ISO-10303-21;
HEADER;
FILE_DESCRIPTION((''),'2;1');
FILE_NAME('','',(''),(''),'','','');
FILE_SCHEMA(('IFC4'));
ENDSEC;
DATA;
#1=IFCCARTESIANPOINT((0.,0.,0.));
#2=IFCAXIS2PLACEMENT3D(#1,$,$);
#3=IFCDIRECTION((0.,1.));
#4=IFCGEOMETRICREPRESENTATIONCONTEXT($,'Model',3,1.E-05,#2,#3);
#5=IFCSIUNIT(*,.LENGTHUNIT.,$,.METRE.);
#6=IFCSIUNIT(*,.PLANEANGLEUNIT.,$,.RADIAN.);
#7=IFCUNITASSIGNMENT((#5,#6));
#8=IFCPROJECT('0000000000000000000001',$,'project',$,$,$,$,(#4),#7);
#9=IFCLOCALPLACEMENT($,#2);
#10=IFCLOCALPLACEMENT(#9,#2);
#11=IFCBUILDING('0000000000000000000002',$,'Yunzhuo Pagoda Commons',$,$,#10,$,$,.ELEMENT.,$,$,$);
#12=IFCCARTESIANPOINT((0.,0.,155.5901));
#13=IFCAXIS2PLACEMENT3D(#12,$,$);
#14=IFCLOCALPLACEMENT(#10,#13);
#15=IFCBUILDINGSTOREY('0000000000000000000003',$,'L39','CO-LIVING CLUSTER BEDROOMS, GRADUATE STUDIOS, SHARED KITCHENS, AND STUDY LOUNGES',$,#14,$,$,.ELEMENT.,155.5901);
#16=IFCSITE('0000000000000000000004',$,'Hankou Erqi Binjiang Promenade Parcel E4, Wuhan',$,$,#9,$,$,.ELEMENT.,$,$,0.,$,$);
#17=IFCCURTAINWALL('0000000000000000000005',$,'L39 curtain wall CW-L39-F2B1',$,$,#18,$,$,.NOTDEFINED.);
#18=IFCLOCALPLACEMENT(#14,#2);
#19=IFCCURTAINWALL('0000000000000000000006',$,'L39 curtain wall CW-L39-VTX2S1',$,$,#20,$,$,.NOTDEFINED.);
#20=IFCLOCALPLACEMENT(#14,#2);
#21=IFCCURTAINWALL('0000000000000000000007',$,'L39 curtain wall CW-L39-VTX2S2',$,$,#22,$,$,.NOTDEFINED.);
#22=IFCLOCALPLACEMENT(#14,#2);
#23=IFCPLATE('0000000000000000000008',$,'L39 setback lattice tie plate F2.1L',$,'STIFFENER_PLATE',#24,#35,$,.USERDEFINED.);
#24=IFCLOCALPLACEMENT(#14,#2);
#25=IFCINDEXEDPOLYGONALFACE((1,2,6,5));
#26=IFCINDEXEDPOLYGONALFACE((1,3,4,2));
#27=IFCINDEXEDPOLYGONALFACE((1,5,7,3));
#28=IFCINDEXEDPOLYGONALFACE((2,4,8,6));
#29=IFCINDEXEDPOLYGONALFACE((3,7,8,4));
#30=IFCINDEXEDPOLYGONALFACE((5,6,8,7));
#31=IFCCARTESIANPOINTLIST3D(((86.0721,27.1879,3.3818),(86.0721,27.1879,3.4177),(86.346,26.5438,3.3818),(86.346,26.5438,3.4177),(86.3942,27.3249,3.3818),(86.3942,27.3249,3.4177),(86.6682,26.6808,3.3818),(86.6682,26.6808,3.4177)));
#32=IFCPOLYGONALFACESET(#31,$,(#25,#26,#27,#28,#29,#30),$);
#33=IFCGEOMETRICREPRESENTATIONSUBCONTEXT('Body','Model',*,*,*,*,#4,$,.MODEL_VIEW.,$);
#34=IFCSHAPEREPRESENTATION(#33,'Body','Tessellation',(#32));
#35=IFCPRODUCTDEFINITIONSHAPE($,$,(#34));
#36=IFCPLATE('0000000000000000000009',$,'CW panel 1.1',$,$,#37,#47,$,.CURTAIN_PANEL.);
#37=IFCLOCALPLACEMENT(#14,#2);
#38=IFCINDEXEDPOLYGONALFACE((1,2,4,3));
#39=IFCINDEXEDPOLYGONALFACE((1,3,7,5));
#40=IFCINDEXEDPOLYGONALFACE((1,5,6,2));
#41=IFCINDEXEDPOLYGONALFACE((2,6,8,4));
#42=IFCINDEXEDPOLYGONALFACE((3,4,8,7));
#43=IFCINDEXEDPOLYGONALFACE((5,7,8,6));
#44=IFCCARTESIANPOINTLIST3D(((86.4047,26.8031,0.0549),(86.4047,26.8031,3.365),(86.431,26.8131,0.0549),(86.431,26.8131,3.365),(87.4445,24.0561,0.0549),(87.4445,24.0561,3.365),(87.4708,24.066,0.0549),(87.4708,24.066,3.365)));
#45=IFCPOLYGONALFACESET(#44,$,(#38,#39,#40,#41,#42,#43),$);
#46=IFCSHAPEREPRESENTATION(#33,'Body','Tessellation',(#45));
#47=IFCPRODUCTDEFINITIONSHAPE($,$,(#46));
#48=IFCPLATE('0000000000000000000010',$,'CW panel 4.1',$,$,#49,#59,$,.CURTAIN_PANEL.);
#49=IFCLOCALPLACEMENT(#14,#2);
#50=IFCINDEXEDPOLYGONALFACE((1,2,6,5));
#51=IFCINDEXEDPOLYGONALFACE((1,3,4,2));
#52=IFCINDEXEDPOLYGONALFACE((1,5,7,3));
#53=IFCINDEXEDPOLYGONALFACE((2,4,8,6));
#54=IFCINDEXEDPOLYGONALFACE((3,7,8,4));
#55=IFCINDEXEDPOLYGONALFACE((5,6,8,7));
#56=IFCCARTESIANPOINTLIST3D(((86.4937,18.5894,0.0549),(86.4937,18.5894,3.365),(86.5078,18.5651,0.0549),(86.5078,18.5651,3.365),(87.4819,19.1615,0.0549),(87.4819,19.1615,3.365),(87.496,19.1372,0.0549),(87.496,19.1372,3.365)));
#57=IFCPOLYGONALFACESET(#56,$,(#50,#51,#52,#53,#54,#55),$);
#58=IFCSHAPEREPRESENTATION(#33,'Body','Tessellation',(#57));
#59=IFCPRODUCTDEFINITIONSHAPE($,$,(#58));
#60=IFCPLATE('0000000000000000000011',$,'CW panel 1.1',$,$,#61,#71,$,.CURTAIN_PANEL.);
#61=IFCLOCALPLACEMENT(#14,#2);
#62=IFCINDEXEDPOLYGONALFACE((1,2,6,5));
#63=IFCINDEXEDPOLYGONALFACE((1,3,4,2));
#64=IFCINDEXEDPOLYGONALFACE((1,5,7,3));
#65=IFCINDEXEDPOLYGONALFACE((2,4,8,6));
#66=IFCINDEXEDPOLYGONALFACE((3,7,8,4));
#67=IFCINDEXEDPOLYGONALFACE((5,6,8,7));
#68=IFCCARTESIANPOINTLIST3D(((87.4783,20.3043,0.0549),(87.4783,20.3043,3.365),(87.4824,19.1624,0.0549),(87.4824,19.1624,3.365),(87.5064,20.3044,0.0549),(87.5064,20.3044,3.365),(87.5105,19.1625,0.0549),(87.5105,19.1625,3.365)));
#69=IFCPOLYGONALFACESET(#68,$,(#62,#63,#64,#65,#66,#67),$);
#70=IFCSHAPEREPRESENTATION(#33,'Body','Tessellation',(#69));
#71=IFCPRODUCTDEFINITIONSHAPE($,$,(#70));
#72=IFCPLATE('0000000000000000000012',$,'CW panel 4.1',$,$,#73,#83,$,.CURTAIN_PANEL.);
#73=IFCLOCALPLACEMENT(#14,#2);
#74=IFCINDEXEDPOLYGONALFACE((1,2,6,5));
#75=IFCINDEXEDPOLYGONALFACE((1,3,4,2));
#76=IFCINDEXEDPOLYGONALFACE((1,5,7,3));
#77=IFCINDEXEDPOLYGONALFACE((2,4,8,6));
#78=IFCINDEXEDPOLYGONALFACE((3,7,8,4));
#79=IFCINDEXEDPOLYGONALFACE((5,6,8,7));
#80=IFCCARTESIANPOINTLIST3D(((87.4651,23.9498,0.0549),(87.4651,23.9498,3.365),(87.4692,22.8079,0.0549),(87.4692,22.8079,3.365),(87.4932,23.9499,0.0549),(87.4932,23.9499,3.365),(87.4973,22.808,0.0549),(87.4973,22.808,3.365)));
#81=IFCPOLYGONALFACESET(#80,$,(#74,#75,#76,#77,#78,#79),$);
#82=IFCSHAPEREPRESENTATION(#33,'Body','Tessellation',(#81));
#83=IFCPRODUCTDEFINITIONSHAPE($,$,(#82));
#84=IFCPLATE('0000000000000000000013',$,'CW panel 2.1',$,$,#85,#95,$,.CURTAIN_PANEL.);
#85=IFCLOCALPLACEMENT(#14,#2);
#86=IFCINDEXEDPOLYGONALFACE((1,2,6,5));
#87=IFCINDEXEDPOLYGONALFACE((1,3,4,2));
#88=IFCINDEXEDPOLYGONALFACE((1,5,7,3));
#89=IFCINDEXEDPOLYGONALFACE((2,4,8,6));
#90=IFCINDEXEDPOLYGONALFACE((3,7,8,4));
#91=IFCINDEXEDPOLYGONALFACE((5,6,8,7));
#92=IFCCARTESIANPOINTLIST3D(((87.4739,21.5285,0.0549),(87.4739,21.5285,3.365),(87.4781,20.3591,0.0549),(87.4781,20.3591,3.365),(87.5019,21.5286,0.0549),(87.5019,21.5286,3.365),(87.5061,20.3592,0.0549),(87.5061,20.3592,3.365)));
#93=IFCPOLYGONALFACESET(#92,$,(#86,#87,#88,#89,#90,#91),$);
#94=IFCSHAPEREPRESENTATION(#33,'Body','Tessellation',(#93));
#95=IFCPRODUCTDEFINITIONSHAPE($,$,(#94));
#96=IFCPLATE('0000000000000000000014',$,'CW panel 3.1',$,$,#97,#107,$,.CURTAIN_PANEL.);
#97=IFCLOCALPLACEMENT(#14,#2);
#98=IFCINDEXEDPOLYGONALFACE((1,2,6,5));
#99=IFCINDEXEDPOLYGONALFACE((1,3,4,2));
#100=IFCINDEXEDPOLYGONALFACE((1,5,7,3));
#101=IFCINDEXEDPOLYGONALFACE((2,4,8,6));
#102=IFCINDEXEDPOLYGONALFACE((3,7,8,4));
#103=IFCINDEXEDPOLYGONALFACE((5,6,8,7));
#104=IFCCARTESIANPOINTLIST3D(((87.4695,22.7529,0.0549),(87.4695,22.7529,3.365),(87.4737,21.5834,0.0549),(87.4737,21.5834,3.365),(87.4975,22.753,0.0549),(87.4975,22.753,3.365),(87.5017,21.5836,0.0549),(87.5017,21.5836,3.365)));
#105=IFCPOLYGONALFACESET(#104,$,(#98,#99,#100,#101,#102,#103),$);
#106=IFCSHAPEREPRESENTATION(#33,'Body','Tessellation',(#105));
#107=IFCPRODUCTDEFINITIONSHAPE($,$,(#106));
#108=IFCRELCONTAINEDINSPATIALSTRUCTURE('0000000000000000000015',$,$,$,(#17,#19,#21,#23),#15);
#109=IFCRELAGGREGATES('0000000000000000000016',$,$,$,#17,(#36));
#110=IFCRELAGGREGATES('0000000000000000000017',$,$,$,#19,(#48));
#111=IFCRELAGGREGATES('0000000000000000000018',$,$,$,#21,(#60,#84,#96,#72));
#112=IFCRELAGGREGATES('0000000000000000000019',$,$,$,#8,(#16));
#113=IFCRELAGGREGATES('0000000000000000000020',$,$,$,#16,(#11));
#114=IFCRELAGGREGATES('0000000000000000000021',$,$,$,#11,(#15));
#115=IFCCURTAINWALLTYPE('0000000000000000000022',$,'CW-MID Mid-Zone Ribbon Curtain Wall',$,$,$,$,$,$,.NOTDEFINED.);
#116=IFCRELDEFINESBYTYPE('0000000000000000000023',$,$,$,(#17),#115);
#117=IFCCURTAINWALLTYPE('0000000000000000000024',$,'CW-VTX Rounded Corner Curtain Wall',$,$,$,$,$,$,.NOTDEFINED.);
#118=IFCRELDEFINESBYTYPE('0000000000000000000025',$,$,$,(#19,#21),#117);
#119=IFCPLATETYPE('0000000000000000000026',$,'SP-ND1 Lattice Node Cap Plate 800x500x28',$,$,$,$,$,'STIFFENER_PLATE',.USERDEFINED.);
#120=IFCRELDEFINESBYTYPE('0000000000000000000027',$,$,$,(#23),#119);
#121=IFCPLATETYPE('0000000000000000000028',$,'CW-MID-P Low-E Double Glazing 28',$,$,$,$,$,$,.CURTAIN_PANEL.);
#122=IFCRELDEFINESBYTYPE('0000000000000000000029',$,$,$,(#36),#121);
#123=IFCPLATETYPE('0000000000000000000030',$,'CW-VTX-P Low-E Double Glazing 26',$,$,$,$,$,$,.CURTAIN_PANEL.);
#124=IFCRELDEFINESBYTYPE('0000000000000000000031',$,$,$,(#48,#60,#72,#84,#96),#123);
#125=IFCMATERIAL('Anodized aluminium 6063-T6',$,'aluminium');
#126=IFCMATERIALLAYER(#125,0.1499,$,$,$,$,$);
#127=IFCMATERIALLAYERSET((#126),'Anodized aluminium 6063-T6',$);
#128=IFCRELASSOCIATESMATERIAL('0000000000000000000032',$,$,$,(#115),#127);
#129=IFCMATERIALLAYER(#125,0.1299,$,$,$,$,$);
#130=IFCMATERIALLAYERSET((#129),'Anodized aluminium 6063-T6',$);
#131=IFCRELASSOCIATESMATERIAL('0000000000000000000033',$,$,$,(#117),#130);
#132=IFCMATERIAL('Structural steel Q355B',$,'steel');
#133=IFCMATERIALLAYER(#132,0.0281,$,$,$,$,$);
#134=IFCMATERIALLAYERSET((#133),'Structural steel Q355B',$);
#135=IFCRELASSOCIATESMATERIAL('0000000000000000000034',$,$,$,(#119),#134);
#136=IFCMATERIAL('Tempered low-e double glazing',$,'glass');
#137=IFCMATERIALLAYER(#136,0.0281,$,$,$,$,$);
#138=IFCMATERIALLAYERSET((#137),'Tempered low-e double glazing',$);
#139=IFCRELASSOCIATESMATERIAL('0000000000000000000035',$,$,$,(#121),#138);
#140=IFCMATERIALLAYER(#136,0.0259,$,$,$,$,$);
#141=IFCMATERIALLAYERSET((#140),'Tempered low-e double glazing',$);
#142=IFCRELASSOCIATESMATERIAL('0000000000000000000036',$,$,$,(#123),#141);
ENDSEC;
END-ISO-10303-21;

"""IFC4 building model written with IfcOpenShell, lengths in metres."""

from ifc_helpers import new_model, si_unit, direction, frame, origin, origin_2d, place, context, subcontext, project, spatial, rectangle, extrude, source, transform, mapped, material, layer, layer_set, type_object, element, aggregate, save


model = new_model("IFC4")

# Units and contexts
model_context = context("Model", 3, precision=1e-05, world=origin(), true_north=direction((0.0, 1.0)))
body_context = subcontext(model_context, "Body", "Model", "MODEL_VIEW")
ifc_project = project(units=[si_unit("LENGTHUNIT", "METRE"), si_unit("PLANEANGLEUNIT", "RADIAN")], contexts=[model_context])

# Site, building, storey
site_placement = place(None, origin())
site = spatial("IfcSite", under=ifc_project, at=site_placement, Name="Hankou Erqi Binjiang Promenade Parcel E4, Wuhan", CompositionType="ELEMENT", RefElevation=0.0)
building_placement = place(site_placement, origin())
building = spatial("IfcBuilding", under=site, at=building_placement, Name="Yunzhuo Pagoda Commons", CompositionType="ELEMENT")
storey_placement = place(building_placement, frame((0.0, 0.0, 155.5901)))
storey = spatial("IfcBuildingStorey", under=building, at=storey_placement, Name="L39", Description="CO-LIVING CLUSTER BEDROOMS, GRADUATE STUDIOS, SHARED KITCHENS, AND STUDY LOUNGES", CompositionType="ELEMENT", Elevation=155.5901)

# Shared definitions
ifc_material_1 = material(Name="Structural steel Q355B", Category="steel")

# Curtain wall
ifc_material_2 = material(Name="Anodized aluminium 6063-T6", Category="aluminium")
ifc_layer_1 = layer(ifc_material_2, 0.1499)
ifc_layer_set_1 = layer_set([ifc_layer_1], Name="Anodized aluminium 6063-T6")
curtain_wall_type_1 = type_object("IfcCurtainWallType", Name="CW-MID Mid-Zone Ribbon Curtain Wall", PredefinedType="NOTDEFINED", material=ifc_layer_set_1)
curtain_wall_1_placement = place(storey_placement, origin())
curtain_wall_1 = element("IfcCurtainWall", 1, at=curtain_wall_1_placement, inside=storey, type_object=curtain_wall_type_1, Name="L39 curtain wall CW-L39-F2B1", PredefinedType="NOTDEFINED")

# Curtain wall
ifc_layer_2 = layer(ifc_material_2, 0.1299)
ifc_layer_set_2 = layer_set([ifc_layer_2], Name="Anodized aluminium 6063-T6")
curtain_wall_type_2 = type_object("IfcCurtainWallType", Name="CW-VTX Rounded Corner Curtain Wall", PredefinedType="NOTDEFINED", material=ifc_layer_set_2)
curtain_wall_2_placement = place(storey_placement, origin())
curtain_wall_2 = element("IfcCurtainWall", 2, at=curtain_wall_2_placement, inside=storey, type_object=curtain_wall_type_2, Name="L39 curtain wall CW-L39-VTX2S1", PredefinedType="NOTDEFINED")

# Curtain wall
curtain_wall_3_placement = place(storey_placement, origin())
curtain_wall_3 = element("IfcCurtainWall", 3, at=curtain_wall_3_placement, inside=storey, type_object=curtain_wall_type_2, Name="L39 curtain wall CW-L39-VTX2S2", PredefinedType="NOTDEFINED")

# Plates
ifc_layer_3 = layer(ifc_material_1, 0.0281)
ifc_layer_set_3 = layer_set([ifc_layer_3], Name="Structural steel Q355B")
plate_type_1 = type_object("IfcPlateType", Name="SP-ND1 Lattice Node Cap Plate 800x500x28", ElementType="STIFFENER_PLATE", PredefinedType="USERDEFINED", material=ifc_layer_set_3)
shared_shape_1 = source(origin(), body_context, "Body", "SweptSolid", [
    extrude(rectangle(XDim=0.7, YDim=0.3501, at=origin_2d()), origin(), (0.0, 0.0, 1.0), 0.0359),
])
plate_1_placement = place(storey_placement, frame((86.3701, 26.9343, 3.3818), z_axis=(0.0, 0.0, 1.0), x_axis=(-0.391406, 0.920218, 0.0)))
element("IfcPlate", 4, at=plate_1_placement, inside=storey, type_object=plate_type_1, Name="L39 setback lattice tie plate F2.1L", ObjectType="STIFFENER_PLATE", PredefinedType="USERDEFINED", context=body_context, shape_type="MappedRepresentation", body=[
    mapped(shared_shape_1, transform((0.0, 0.0, 0.0), scale=1.0)),
])
ifc_material_3 = material(Name="Tempered low-e double glazing", Category="glass")
ifc_layer_4 = layer(ifc_material_3, 0.0281)
ifc_layer_set_4 = layer_set([ifc_layer_4], Name="Tempered low-e double glazing")
plate_type_2 = type_object("IfcPlateType", Name="CW-MID-P Low-E Double Glazing 28", PredefinedType="CURTAIN_PANEL", material=ifc_layer_set_4)
shared_shape_2 = source(origin(), body_context, "Body", "SweptSolid", [
    extrude(rectangle(XDim=2.9373, YDim=0.0281, at=origin_2d()), origin(), (0.0, 0.0, 1.0), 3.3101),
])
plate_2_placement = place(storey_placement, frame((86.9377, 25.4346, 0.0549), z_axis=(0.0, 0.0, 1.0), x_axis=(-0.353996, 0.935247, 0.0)))
plate_2 = element("IfcPlate", 5, at=plate_2_placement, type_object=plate_type_2, Name="CW panel 1.1", PredefinedType="CURTAIN_PANEL", context=body_context, shape_type="MappedRepresentation", body=[
    mapped(shared_shape_2, transform((0.0, 0.0, 0.0), scale=1.0)),
])
aggregate(curtain_wall_1, [plate_2])
ifc_layer_5 = layer(ifc_material_3, 0.0259)
ifc_layer_set_5 = layer_set([ifc_layer_5], Name="Tempered low-e double glazing")
plate_type_3 = type_object("IfcPlateType", Name="CW-VTX-P Low-E Double Glazing 26", PredefinedType="CURTAIN_PANEL", material=ifc_layer_set_5)
shared_shape_3 = source(origin(), body_context, "Body", "SweptSolid", [
    extrude(rectangle(XDim=1.1418, YDim=0.0281, at=origin_2d()), origin(), (0.0, 0.0, 1.0), 3.3101),
])
plate_3_placement = place(storey_placement, frame((86.9949, 18.8633, 0.0549), z_axis=(0.0, 0.0, 1.0), x_axis=(0.865427, 0.501035, 0.0)))
plate_3 = element("IfcPlate", 6, at=plate_3_placement, type_object=plate_type_3, Name="CW panel 4.1", PredefinedType="CURTAIN_PANEL", context=body_context, shape_type="MappedRepresentation", body=[
    mapped(shared_shape_3, transform((0.0, 0.0, 0.0), scale=1.0)),
])
aggregate(curtain_wall_2, [plate_3])
plate_4_placement = place(storey_placement, frame((87.4944, 19.7334, 0.0549), z_axis=(0.0, 0.0, 1.0), x_axis=(-0.003594, 0.999994, 0.0)))
plate_4 = element("IfcPlate", 7, at=plate_4_placement, type_object=plate_type_3, Name="CW panel 1.1", PredefinedType="CURTAIN_PANEL", context=body_context, shape_type="MappedRepresentation", body=[
    mapped(shared_shape_3, transform((0.0, 0.0, 0.0), scale=1.0)),
])
plate_5_placement = place(storey_placement, frame((87.4812, 23.3789, 0.0549), z_axis=(0.0, 0.0, 1.0), x_axis=(-0.003594, 0.999994, 0.0)))
plate_5 = element("IfcPlate", 8, at=plate_5_placement, type_object=plate_type_3, Name="CW panel 4.1", PredefinedType="CURTAIN_PANEL", context=body_context, shape_type="MappedRepresentation", body=[
    mapped(shared_shape_3, transform((0.0, 0.0, 0.0), scale=1.0)),
])
shared_shape_4 = source(origin(), body_context, "Body", "SweptSolid", [
    extrude(rectangle(XDim=1.1694, YDim=0.0281, at=origin_2d()), origin(), (0.0, 0.0, 1.0), 3.3101),
])
plate_6_placement = place(storey_placement, frame((87.49, 20.9438, 0.0549), z_axis=(0.0, 0.0, 1.0), x_axis=(-0.003594, 0.999994, 0.0)))
plate_6 = element("IfcPlate", 9, at=plate_6_placement, type_object=plate_type_3, Name="CW panel 2.1", PredefinedType="CURTAIN_PANEL", context=body_context, shape_type="MappedRepresentation", body=[
    mapped(shared_shape_4, transform((0.0, 0.0, 0.0), scale=1.0)),
])
plate_7_placement = place(storey_placement, frame((87.4856, 22.1682, 0.0549), z_axis=(0.0, 0.0, 1.0), x_axis=(-0.003594, 0.999994, 0.0)))
plate_7 = element("IfcPlate", 10, at=plate_7_placement, type_object=plate_type_3, Name="CW panel 3.1", PredefinedType="CURTAIN_PANEL", context=body_context, shape_type="MappedRepresentation", body=[
    mapped(shared_shape_4, transform((0.0, 0.0, 0.0), scale=1.0)),
])
aggregate(curtain_wall_3, [plate_4, plate_6, plate_7, plate_5])

save(model, "model.ifc")
